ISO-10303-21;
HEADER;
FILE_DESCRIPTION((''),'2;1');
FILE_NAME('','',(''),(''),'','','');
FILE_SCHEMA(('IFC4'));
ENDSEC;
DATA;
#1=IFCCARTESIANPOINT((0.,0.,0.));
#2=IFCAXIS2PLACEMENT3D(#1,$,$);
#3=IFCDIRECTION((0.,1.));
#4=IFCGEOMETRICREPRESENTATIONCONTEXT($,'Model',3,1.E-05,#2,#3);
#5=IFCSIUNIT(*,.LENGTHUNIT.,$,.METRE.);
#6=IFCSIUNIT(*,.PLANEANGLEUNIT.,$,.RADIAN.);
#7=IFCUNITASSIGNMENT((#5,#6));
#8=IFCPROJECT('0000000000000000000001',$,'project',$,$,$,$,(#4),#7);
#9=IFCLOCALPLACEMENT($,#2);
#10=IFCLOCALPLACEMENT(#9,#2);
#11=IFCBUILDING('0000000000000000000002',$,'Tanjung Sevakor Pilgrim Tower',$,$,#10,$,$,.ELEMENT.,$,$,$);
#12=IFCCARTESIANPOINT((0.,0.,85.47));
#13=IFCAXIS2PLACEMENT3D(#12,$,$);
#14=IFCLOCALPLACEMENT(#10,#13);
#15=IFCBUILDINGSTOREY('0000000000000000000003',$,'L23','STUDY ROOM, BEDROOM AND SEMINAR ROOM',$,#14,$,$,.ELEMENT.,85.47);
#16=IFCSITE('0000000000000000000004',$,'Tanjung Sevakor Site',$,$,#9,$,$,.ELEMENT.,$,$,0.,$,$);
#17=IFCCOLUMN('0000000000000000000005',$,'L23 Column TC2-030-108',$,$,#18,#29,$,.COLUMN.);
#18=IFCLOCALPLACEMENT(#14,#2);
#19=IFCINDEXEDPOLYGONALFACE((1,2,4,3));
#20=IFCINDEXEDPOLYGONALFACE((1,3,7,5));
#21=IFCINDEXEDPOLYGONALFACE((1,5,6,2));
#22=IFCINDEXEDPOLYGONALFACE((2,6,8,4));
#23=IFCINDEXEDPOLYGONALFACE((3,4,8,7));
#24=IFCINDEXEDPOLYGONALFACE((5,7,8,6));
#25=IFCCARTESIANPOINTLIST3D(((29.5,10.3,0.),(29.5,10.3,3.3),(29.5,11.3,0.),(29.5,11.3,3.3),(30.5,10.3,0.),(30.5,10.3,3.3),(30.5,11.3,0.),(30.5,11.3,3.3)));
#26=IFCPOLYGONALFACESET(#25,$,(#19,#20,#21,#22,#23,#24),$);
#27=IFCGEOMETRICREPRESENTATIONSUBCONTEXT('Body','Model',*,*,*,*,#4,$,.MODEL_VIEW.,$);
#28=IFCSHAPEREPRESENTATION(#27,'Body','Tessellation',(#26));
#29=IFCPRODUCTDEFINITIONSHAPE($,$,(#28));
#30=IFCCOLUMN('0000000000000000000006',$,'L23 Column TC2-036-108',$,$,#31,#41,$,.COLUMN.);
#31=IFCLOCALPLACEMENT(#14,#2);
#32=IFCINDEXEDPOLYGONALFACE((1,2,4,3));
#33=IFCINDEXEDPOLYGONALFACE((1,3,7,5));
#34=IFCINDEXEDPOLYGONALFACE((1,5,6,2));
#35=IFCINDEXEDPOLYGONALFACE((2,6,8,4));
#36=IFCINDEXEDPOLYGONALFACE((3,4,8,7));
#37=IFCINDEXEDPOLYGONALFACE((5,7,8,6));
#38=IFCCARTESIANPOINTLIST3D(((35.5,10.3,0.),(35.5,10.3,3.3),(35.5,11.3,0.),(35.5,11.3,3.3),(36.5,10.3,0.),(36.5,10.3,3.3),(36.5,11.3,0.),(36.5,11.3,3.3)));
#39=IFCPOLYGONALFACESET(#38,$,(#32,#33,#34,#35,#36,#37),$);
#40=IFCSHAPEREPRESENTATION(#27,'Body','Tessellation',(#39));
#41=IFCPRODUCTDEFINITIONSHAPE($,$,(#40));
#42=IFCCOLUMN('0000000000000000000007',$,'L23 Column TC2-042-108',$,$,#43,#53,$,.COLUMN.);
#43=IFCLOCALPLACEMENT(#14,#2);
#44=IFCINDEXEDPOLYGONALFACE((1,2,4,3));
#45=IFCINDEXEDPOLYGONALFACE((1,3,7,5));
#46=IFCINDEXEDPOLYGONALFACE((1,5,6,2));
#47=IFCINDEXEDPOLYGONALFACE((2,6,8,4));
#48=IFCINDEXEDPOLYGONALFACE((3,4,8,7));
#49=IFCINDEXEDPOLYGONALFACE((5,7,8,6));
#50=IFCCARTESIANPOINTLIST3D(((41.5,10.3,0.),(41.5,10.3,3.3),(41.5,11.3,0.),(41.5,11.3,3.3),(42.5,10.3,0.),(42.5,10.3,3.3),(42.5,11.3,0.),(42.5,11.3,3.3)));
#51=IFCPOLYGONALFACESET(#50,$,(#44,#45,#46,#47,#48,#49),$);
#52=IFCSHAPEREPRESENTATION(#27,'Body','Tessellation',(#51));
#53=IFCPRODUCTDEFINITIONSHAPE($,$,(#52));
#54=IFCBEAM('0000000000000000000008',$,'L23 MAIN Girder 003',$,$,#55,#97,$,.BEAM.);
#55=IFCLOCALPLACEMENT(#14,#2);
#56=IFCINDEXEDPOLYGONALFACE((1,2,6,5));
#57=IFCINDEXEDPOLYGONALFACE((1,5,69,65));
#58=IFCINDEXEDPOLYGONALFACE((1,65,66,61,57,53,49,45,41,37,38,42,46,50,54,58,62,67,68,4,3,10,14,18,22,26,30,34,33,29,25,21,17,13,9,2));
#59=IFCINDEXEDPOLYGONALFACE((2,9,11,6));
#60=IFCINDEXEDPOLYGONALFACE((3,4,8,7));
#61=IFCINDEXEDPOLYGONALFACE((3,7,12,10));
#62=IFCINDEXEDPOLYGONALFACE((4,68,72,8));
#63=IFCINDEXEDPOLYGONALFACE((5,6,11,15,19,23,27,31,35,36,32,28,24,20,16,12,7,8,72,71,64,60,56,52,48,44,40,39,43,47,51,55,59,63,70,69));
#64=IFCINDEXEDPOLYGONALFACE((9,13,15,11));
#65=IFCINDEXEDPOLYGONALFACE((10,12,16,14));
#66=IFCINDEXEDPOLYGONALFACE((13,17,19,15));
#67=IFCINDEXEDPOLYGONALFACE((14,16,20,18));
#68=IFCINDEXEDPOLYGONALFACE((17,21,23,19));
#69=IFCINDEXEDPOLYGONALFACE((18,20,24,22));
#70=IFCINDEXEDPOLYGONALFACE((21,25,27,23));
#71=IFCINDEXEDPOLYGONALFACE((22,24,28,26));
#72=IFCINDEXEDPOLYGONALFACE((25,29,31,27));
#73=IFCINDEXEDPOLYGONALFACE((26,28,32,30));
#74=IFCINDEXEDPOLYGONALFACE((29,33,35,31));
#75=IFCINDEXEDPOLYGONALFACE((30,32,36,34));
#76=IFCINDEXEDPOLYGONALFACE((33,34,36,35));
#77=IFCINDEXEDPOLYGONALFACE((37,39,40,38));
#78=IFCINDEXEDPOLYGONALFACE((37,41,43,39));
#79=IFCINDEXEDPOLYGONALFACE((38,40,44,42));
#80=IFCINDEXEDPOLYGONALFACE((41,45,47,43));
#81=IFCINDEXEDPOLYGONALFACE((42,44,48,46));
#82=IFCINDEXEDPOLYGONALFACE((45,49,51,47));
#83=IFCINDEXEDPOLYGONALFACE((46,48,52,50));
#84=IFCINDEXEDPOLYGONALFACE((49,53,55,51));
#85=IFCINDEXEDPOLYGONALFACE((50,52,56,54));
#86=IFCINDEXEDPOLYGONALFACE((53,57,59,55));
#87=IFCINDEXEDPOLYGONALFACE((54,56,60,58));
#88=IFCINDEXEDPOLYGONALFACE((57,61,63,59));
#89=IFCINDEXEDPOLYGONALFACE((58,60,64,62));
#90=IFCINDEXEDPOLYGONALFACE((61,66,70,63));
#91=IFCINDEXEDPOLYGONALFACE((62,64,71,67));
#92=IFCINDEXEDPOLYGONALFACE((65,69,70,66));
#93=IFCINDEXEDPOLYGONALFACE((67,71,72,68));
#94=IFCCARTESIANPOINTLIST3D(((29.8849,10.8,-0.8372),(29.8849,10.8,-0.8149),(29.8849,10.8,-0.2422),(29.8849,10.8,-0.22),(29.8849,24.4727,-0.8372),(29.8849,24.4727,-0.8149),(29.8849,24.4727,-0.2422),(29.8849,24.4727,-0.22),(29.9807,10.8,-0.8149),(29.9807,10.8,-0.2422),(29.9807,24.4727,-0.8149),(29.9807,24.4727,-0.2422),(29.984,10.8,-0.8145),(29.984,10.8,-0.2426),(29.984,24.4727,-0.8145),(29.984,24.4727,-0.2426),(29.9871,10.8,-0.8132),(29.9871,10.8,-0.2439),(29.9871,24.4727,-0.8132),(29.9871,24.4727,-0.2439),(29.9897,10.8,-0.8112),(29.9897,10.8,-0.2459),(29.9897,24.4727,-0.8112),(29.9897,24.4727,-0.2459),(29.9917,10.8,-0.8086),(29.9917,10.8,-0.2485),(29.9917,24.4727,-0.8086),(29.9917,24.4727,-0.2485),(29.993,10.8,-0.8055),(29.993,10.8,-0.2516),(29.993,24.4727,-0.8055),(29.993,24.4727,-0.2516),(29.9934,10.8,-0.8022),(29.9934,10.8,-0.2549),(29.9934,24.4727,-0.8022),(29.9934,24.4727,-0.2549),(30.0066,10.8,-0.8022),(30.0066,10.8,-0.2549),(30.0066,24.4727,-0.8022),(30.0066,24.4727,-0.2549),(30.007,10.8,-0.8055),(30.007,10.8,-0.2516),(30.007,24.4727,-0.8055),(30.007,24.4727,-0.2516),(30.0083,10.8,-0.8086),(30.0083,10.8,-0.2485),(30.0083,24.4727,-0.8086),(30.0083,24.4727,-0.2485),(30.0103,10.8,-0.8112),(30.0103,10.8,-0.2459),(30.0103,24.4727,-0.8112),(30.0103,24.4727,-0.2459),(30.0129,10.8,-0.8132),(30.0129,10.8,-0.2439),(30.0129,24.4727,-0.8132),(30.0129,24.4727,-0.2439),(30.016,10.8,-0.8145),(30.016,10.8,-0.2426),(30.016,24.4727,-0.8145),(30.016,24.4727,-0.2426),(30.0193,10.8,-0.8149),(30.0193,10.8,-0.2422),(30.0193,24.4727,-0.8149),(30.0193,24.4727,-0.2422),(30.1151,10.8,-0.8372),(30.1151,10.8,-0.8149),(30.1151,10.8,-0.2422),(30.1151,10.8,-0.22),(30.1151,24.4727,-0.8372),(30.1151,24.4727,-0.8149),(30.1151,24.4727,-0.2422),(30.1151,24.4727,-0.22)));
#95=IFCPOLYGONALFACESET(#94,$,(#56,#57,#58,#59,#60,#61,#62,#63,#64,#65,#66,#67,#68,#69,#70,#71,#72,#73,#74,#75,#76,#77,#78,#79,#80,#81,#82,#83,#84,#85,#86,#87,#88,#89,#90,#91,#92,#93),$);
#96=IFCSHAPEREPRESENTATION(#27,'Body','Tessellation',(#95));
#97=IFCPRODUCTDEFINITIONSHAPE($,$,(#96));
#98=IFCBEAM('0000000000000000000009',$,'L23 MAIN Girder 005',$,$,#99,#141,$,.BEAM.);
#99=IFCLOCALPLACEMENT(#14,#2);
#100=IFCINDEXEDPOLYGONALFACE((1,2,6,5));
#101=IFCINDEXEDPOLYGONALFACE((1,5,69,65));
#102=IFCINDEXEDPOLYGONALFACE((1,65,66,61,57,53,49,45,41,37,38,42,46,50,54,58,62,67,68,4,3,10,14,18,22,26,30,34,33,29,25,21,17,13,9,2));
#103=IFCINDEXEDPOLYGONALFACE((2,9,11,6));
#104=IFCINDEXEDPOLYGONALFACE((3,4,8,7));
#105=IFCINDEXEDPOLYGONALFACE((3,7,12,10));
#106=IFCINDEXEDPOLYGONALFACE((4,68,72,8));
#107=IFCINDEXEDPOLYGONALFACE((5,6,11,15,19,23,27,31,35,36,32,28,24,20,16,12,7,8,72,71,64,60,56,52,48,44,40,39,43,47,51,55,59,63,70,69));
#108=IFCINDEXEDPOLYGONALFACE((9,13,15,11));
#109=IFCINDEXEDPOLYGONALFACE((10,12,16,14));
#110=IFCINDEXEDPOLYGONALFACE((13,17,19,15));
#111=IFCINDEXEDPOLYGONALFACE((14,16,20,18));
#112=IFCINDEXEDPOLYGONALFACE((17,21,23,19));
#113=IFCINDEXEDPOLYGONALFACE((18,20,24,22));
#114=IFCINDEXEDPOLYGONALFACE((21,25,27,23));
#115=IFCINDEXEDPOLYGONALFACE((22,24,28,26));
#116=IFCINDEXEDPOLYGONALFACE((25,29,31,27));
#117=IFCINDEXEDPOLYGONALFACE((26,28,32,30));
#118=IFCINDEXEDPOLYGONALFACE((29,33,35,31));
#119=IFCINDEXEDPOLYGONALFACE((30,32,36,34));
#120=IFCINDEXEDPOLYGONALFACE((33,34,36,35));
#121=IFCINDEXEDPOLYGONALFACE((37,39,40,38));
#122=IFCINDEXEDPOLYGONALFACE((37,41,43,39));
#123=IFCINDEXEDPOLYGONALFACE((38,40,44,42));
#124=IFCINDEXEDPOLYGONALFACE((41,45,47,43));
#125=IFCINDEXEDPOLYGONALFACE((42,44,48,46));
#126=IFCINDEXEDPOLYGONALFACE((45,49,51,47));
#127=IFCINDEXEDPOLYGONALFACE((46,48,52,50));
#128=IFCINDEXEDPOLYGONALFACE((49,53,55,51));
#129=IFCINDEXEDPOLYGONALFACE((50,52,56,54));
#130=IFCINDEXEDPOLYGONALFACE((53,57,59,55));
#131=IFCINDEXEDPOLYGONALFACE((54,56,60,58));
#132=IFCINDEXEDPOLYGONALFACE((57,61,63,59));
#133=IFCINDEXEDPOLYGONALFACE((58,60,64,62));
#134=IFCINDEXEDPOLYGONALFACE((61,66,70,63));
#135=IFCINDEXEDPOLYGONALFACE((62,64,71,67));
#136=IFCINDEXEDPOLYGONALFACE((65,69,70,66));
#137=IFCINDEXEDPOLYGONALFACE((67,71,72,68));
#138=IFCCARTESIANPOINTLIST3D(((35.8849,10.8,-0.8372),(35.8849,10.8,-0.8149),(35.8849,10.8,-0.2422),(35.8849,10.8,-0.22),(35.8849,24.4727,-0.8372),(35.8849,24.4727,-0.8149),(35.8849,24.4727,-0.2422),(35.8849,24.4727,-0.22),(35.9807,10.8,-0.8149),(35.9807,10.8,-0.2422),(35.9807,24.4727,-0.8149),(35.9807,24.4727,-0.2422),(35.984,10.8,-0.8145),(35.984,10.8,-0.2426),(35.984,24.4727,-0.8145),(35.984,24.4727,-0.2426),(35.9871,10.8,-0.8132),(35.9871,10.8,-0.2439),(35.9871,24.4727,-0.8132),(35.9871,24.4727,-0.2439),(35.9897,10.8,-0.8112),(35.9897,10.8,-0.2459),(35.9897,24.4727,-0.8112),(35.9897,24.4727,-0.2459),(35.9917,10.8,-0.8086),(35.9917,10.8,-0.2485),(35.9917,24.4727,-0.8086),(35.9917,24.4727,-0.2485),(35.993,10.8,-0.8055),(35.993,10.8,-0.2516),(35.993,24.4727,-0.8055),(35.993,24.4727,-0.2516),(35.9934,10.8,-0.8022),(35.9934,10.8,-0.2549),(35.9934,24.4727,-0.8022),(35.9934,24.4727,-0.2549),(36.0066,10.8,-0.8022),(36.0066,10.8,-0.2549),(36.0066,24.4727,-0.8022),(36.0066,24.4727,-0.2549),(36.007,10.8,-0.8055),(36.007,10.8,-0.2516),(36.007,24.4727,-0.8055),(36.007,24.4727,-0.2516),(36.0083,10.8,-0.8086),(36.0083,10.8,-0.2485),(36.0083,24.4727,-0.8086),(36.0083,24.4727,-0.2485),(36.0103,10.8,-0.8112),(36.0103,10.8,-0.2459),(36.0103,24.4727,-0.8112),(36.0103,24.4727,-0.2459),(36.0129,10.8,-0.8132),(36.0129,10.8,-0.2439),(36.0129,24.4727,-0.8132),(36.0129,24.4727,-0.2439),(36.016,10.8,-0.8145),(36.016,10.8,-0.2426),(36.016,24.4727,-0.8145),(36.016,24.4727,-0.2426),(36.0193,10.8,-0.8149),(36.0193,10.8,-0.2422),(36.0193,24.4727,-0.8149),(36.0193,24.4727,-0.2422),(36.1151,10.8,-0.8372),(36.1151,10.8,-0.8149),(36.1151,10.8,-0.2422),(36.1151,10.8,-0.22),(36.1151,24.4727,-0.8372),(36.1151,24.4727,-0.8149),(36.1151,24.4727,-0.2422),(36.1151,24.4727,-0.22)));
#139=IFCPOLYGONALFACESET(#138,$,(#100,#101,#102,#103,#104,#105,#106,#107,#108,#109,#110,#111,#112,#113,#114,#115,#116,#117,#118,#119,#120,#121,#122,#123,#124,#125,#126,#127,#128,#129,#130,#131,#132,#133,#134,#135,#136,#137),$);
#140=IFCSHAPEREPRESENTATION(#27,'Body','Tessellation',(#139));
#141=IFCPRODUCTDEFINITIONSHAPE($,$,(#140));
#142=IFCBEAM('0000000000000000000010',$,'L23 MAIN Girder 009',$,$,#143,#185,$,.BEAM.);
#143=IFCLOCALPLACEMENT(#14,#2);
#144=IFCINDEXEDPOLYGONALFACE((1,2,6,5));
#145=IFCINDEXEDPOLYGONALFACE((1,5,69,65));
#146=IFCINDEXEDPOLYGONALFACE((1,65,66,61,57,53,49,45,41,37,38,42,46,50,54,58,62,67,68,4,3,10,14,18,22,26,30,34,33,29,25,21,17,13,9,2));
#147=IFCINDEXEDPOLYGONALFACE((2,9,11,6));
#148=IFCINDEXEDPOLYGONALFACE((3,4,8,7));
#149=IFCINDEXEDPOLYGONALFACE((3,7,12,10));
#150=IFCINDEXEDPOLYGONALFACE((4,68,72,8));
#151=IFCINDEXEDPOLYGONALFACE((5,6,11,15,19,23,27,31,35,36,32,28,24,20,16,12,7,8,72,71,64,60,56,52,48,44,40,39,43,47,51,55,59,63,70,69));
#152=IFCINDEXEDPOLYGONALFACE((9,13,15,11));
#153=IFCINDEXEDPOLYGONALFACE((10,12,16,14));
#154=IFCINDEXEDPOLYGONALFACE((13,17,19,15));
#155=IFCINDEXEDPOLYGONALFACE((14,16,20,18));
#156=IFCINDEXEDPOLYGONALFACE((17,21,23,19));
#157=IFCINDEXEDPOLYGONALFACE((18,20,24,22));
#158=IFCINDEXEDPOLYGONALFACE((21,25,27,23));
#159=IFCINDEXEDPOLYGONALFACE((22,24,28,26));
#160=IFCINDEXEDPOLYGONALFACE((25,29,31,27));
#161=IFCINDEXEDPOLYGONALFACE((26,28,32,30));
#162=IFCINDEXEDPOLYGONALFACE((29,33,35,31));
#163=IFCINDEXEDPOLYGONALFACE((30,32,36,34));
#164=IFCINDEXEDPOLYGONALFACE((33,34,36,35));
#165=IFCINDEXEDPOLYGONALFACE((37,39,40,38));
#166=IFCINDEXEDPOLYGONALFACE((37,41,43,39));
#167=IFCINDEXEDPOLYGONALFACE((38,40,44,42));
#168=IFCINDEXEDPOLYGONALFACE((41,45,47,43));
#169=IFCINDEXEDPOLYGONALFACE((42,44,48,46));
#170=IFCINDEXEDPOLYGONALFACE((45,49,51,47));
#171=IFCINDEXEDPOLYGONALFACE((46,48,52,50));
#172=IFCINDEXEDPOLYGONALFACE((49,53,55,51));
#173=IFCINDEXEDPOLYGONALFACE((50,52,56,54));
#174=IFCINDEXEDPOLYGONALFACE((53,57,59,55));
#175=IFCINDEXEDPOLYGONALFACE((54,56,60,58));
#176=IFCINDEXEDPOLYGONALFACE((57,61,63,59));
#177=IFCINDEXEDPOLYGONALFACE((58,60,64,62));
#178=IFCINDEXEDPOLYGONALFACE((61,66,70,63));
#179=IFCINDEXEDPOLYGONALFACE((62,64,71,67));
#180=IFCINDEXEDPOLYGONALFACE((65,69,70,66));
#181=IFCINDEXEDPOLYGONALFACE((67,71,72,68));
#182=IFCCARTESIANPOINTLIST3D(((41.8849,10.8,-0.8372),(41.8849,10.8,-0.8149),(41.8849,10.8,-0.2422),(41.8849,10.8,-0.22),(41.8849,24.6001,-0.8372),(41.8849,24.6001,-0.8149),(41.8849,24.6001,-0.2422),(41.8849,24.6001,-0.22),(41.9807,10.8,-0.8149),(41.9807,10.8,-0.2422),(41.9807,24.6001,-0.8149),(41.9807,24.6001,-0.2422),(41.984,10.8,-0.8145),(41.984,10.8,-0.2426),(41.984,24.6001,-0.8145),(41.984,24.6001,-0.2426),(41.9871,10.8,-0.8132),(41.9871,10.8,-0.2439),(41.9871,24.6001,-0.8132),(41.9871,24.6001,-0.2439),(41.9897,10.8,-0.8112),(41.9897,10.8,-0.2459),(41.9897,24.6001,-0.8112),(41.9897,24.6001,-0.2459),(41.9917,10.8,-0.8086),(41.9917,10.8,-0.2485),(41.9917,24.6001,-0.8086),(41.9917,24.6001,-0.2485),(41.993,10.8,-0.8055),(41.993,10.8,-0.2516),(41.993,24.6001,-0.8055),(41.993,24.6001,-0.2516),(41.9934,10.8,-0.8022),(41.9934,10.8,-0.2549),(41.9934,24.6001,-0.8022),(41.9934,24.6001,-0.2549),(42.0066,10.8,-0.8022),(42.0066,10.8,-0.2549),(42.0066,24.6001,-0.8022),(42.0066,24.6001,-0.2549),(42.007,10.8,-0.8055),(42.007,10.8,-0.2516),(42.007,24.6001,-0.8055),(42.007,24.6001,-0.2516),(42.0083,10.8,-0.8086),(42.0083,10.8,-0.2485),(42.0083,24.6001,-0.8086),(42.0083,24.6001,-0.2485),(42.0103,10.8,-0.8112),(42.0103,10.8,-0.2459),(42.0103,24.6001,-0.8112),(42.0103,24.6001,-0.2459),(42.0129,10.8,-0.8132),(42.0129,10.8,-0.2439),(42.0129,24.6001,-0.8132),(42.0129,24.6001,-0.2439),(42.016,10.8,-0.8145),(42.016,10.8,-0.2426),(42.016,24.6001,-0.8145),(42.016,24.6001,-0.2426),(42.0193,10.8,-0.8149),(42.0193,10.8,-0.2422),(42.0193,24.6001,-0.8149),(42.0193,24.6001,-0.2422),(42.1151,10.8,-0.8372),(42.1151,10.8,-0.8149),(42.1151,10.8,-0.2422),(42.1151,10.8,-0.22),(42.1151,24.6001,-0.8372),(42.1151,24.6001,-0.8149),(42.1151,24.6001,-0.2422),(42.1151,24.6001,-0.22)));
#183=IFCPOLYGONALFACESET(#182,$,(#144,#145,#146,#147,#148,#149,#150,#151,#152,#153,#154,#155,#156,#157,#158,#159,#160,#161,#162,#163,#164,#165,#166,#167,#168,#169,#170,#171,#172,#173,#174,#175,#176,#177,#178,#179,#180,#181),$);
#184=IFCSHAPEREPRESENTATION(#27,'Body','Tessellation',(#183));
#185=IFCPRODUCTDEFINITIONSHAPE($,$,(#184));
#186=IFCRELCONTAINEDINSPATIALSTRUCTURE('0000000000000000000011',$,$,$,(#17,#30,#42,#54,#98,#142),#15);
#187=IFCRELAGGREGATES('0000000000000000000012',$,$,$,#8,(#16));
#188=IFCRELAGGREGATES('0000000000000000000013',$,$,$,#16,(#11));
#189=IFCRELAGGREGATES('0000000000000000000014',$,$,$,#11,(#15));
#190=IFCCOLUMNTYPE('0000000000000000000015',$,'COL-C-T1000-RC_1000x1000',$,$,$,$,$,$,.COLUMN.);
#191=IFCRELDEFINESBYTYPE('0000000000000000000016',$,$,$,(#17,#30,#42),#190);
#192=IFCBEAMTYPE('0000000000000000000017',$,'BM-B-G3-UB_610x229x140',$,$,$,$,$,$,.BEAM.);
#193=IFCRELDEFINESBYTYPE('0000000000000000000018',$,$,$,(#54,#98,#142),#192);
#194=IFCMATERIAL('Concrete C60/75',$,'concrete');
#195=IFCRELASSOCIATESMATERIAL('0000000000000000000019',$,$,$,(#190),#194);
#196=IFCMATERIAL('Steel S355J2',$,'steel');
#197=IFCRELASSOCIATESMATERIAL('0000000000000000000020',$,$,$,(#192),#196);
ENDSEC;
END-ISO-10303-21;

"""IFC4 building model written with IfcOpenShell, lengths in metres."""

from ifc_helpers import new_model, si_unit, direction, frame, origin, origin_2d, place, context, subcontext, project, spatial, rectangle, i_section, extrude, material, material_profile, profile_set, type_object, element, save


model = new_model("IFC4")

# Units and contexts
model_context = context("Model", 3, precision=1e-05, world=origin(), true_north=direction((0.0, 1.0)))
body_context = subcontext(model_context, "Body", "Model", "MODEL_VIEW")
ifc_project = project(units=[si_unit("LENGTHUNIT", "METRE"), si_unit("PLANEANGLEUNIT", "RADIAN")], contexts=[model_context])

# Site, building, storey
site_placement = place(None, origin())
site = spatial("IfcSite", under=ifc_project, at=site_placement, Name="Tanjung Sevakor Site", CompositionType="ELEMENT", RefElevation=0.0)
building_placement = place(site_placement, origin())
building = spatial("IfcBuilding", under=site, at=building_placement, Name="Tanjung Sevakor Pilgrim Tower", CompositionType="ELEMENT")
storey_placement = place(building_placement, frame((0.0, 0.0, 85.47)))
storey = spatial("IfcBuildingStorey", under=building, at=storey_placement, Name="L23", Description="STUDY ROOM, BEDROOM AND SEMINAR ROOM", CompositionType="ELEMENT", Elevation=85.47)

# Columns
ifc_material_1 = material(Name="Concrete C60/75", Category="concrete")
ifc_material_profile_1 = material_profile(ifc_material_1, rectangle(XDim=1.0, YDim=1.0, at=origin_2d()))
ifc_profile_set_1 = profile_set([ifc_material_profile_1], Name="Concrete C60/75")
column_type = type_object("IfcColumnType", Name="COL-C-T1000-RC_1000x1000", PredefinedType="COLUMN", material=ifc_profile_set_1)
for number, where, z_axis, x_axis, name in (
    (1, (30.0, 10.8, 0.0), (0.0, 0.0, 1.0), (1.0, 0.0, 0.0), "L23 Column TC2-030-108"),
    (2, (36.0, 10.8, 0.0), (0.0, 0.0, 1.0), (1.0, 0.0, 0.0), "L23 Column TC2-036-108"),
    (3, (42.0, 10.8, 0.0), (0.0, 0.0, 1.0), (1.0, 0.0, 0.0), "L23 Column TC2-042-108"),
):
    element("IfcColumn", number, at=place(storey_placement, frame(where, z_axis=z_axis, x_axis=x_axis)), inside=storey, type_object=column_type, Name=name, PredefinedType="COLUMN", context=body_context, shape_type="SweptSolid", body=[
        extrude(rectangle(XDim=1.0, YDim=1.0, at=origin_2d()), origin(), (0.0, 0.0, 1.0), 3.3),
    ])

# Beams
ifc_material_2 = material(Name="Steel S355J2", Category="steel")
ifc_material_profile_2 = material_profile(ifc_material_2, i_section(OverallWidth=0.2302, OverallDepth=0.6172, WebThickness=0.0132, FlangeThickness=0.0222, FilletRadius=0.0127, at=origin_2d()))
ifc_profile_set_2 = profile_set([ifc_material_profile_2], Name="Steel S355J2")
beam_type_1 = type_object("IfcBeamType", Name="BM-B-G3-UB_610x229x140", PredefinedType="BEAM", material=ifc_profile_set_2)
for number, where, z_axis, x_axis, name in (
    (4, (30.0, 10.8, -0.5286), (0.0, 1.0, 0.0), (-1.0, 0.0, 0.0), "L23 MAIN Girder 003"),
    (5, (36.0, 10.8, -0.5286), (0.0, 1.0, 0.0), (-1.0, 0.0, 0.0), "L23 MAIN Girder 005"),
):
    element("IfcBeam", number, at=place(storey_placement, frame(where, z_axis=z_axis, x_axis=x_axis)), inside=storey, type_object=beam_type_1, Name=name, PredefinedType="BEAM", context=body_context, shape_type="SweptSolid", body=[
        extrude(i_section(OverallWidth=0.2302, OverallDepth=0.6172, WebThickness=0.0132, FlangeThickness=0.0222, FilletRadius=0.0127, at=origin_2d()), origin(), (0.0, 0.0, 1.0), 13.6726),
    ])
beam_1_placement = place(storey_placement, frame((42.0, 10.8, -0.5286), z_axis=(0.0, 1.0, 0.0), x_axis=(-1.0, 0.0, 0.0)))
element("IfcBeam", 6, at=beam_1_placement, inside=storey, type_object=beam_type_1, Name="L23 MAIN Girder 009", PredefinedType="BEAM", context=body_context, shape_type="SweptSolid", body=[
    extrude(i_section(OverallWidth=0.2302, OverallDepth=0.6172, WebThickness=0.0132, FlangeThickness=0.0222, FilletRadius=0.0127, at=origin_2d()), origin(), (0.0, 0.0, 1.0), 13.8),
])

save(model, "model.ifc")
